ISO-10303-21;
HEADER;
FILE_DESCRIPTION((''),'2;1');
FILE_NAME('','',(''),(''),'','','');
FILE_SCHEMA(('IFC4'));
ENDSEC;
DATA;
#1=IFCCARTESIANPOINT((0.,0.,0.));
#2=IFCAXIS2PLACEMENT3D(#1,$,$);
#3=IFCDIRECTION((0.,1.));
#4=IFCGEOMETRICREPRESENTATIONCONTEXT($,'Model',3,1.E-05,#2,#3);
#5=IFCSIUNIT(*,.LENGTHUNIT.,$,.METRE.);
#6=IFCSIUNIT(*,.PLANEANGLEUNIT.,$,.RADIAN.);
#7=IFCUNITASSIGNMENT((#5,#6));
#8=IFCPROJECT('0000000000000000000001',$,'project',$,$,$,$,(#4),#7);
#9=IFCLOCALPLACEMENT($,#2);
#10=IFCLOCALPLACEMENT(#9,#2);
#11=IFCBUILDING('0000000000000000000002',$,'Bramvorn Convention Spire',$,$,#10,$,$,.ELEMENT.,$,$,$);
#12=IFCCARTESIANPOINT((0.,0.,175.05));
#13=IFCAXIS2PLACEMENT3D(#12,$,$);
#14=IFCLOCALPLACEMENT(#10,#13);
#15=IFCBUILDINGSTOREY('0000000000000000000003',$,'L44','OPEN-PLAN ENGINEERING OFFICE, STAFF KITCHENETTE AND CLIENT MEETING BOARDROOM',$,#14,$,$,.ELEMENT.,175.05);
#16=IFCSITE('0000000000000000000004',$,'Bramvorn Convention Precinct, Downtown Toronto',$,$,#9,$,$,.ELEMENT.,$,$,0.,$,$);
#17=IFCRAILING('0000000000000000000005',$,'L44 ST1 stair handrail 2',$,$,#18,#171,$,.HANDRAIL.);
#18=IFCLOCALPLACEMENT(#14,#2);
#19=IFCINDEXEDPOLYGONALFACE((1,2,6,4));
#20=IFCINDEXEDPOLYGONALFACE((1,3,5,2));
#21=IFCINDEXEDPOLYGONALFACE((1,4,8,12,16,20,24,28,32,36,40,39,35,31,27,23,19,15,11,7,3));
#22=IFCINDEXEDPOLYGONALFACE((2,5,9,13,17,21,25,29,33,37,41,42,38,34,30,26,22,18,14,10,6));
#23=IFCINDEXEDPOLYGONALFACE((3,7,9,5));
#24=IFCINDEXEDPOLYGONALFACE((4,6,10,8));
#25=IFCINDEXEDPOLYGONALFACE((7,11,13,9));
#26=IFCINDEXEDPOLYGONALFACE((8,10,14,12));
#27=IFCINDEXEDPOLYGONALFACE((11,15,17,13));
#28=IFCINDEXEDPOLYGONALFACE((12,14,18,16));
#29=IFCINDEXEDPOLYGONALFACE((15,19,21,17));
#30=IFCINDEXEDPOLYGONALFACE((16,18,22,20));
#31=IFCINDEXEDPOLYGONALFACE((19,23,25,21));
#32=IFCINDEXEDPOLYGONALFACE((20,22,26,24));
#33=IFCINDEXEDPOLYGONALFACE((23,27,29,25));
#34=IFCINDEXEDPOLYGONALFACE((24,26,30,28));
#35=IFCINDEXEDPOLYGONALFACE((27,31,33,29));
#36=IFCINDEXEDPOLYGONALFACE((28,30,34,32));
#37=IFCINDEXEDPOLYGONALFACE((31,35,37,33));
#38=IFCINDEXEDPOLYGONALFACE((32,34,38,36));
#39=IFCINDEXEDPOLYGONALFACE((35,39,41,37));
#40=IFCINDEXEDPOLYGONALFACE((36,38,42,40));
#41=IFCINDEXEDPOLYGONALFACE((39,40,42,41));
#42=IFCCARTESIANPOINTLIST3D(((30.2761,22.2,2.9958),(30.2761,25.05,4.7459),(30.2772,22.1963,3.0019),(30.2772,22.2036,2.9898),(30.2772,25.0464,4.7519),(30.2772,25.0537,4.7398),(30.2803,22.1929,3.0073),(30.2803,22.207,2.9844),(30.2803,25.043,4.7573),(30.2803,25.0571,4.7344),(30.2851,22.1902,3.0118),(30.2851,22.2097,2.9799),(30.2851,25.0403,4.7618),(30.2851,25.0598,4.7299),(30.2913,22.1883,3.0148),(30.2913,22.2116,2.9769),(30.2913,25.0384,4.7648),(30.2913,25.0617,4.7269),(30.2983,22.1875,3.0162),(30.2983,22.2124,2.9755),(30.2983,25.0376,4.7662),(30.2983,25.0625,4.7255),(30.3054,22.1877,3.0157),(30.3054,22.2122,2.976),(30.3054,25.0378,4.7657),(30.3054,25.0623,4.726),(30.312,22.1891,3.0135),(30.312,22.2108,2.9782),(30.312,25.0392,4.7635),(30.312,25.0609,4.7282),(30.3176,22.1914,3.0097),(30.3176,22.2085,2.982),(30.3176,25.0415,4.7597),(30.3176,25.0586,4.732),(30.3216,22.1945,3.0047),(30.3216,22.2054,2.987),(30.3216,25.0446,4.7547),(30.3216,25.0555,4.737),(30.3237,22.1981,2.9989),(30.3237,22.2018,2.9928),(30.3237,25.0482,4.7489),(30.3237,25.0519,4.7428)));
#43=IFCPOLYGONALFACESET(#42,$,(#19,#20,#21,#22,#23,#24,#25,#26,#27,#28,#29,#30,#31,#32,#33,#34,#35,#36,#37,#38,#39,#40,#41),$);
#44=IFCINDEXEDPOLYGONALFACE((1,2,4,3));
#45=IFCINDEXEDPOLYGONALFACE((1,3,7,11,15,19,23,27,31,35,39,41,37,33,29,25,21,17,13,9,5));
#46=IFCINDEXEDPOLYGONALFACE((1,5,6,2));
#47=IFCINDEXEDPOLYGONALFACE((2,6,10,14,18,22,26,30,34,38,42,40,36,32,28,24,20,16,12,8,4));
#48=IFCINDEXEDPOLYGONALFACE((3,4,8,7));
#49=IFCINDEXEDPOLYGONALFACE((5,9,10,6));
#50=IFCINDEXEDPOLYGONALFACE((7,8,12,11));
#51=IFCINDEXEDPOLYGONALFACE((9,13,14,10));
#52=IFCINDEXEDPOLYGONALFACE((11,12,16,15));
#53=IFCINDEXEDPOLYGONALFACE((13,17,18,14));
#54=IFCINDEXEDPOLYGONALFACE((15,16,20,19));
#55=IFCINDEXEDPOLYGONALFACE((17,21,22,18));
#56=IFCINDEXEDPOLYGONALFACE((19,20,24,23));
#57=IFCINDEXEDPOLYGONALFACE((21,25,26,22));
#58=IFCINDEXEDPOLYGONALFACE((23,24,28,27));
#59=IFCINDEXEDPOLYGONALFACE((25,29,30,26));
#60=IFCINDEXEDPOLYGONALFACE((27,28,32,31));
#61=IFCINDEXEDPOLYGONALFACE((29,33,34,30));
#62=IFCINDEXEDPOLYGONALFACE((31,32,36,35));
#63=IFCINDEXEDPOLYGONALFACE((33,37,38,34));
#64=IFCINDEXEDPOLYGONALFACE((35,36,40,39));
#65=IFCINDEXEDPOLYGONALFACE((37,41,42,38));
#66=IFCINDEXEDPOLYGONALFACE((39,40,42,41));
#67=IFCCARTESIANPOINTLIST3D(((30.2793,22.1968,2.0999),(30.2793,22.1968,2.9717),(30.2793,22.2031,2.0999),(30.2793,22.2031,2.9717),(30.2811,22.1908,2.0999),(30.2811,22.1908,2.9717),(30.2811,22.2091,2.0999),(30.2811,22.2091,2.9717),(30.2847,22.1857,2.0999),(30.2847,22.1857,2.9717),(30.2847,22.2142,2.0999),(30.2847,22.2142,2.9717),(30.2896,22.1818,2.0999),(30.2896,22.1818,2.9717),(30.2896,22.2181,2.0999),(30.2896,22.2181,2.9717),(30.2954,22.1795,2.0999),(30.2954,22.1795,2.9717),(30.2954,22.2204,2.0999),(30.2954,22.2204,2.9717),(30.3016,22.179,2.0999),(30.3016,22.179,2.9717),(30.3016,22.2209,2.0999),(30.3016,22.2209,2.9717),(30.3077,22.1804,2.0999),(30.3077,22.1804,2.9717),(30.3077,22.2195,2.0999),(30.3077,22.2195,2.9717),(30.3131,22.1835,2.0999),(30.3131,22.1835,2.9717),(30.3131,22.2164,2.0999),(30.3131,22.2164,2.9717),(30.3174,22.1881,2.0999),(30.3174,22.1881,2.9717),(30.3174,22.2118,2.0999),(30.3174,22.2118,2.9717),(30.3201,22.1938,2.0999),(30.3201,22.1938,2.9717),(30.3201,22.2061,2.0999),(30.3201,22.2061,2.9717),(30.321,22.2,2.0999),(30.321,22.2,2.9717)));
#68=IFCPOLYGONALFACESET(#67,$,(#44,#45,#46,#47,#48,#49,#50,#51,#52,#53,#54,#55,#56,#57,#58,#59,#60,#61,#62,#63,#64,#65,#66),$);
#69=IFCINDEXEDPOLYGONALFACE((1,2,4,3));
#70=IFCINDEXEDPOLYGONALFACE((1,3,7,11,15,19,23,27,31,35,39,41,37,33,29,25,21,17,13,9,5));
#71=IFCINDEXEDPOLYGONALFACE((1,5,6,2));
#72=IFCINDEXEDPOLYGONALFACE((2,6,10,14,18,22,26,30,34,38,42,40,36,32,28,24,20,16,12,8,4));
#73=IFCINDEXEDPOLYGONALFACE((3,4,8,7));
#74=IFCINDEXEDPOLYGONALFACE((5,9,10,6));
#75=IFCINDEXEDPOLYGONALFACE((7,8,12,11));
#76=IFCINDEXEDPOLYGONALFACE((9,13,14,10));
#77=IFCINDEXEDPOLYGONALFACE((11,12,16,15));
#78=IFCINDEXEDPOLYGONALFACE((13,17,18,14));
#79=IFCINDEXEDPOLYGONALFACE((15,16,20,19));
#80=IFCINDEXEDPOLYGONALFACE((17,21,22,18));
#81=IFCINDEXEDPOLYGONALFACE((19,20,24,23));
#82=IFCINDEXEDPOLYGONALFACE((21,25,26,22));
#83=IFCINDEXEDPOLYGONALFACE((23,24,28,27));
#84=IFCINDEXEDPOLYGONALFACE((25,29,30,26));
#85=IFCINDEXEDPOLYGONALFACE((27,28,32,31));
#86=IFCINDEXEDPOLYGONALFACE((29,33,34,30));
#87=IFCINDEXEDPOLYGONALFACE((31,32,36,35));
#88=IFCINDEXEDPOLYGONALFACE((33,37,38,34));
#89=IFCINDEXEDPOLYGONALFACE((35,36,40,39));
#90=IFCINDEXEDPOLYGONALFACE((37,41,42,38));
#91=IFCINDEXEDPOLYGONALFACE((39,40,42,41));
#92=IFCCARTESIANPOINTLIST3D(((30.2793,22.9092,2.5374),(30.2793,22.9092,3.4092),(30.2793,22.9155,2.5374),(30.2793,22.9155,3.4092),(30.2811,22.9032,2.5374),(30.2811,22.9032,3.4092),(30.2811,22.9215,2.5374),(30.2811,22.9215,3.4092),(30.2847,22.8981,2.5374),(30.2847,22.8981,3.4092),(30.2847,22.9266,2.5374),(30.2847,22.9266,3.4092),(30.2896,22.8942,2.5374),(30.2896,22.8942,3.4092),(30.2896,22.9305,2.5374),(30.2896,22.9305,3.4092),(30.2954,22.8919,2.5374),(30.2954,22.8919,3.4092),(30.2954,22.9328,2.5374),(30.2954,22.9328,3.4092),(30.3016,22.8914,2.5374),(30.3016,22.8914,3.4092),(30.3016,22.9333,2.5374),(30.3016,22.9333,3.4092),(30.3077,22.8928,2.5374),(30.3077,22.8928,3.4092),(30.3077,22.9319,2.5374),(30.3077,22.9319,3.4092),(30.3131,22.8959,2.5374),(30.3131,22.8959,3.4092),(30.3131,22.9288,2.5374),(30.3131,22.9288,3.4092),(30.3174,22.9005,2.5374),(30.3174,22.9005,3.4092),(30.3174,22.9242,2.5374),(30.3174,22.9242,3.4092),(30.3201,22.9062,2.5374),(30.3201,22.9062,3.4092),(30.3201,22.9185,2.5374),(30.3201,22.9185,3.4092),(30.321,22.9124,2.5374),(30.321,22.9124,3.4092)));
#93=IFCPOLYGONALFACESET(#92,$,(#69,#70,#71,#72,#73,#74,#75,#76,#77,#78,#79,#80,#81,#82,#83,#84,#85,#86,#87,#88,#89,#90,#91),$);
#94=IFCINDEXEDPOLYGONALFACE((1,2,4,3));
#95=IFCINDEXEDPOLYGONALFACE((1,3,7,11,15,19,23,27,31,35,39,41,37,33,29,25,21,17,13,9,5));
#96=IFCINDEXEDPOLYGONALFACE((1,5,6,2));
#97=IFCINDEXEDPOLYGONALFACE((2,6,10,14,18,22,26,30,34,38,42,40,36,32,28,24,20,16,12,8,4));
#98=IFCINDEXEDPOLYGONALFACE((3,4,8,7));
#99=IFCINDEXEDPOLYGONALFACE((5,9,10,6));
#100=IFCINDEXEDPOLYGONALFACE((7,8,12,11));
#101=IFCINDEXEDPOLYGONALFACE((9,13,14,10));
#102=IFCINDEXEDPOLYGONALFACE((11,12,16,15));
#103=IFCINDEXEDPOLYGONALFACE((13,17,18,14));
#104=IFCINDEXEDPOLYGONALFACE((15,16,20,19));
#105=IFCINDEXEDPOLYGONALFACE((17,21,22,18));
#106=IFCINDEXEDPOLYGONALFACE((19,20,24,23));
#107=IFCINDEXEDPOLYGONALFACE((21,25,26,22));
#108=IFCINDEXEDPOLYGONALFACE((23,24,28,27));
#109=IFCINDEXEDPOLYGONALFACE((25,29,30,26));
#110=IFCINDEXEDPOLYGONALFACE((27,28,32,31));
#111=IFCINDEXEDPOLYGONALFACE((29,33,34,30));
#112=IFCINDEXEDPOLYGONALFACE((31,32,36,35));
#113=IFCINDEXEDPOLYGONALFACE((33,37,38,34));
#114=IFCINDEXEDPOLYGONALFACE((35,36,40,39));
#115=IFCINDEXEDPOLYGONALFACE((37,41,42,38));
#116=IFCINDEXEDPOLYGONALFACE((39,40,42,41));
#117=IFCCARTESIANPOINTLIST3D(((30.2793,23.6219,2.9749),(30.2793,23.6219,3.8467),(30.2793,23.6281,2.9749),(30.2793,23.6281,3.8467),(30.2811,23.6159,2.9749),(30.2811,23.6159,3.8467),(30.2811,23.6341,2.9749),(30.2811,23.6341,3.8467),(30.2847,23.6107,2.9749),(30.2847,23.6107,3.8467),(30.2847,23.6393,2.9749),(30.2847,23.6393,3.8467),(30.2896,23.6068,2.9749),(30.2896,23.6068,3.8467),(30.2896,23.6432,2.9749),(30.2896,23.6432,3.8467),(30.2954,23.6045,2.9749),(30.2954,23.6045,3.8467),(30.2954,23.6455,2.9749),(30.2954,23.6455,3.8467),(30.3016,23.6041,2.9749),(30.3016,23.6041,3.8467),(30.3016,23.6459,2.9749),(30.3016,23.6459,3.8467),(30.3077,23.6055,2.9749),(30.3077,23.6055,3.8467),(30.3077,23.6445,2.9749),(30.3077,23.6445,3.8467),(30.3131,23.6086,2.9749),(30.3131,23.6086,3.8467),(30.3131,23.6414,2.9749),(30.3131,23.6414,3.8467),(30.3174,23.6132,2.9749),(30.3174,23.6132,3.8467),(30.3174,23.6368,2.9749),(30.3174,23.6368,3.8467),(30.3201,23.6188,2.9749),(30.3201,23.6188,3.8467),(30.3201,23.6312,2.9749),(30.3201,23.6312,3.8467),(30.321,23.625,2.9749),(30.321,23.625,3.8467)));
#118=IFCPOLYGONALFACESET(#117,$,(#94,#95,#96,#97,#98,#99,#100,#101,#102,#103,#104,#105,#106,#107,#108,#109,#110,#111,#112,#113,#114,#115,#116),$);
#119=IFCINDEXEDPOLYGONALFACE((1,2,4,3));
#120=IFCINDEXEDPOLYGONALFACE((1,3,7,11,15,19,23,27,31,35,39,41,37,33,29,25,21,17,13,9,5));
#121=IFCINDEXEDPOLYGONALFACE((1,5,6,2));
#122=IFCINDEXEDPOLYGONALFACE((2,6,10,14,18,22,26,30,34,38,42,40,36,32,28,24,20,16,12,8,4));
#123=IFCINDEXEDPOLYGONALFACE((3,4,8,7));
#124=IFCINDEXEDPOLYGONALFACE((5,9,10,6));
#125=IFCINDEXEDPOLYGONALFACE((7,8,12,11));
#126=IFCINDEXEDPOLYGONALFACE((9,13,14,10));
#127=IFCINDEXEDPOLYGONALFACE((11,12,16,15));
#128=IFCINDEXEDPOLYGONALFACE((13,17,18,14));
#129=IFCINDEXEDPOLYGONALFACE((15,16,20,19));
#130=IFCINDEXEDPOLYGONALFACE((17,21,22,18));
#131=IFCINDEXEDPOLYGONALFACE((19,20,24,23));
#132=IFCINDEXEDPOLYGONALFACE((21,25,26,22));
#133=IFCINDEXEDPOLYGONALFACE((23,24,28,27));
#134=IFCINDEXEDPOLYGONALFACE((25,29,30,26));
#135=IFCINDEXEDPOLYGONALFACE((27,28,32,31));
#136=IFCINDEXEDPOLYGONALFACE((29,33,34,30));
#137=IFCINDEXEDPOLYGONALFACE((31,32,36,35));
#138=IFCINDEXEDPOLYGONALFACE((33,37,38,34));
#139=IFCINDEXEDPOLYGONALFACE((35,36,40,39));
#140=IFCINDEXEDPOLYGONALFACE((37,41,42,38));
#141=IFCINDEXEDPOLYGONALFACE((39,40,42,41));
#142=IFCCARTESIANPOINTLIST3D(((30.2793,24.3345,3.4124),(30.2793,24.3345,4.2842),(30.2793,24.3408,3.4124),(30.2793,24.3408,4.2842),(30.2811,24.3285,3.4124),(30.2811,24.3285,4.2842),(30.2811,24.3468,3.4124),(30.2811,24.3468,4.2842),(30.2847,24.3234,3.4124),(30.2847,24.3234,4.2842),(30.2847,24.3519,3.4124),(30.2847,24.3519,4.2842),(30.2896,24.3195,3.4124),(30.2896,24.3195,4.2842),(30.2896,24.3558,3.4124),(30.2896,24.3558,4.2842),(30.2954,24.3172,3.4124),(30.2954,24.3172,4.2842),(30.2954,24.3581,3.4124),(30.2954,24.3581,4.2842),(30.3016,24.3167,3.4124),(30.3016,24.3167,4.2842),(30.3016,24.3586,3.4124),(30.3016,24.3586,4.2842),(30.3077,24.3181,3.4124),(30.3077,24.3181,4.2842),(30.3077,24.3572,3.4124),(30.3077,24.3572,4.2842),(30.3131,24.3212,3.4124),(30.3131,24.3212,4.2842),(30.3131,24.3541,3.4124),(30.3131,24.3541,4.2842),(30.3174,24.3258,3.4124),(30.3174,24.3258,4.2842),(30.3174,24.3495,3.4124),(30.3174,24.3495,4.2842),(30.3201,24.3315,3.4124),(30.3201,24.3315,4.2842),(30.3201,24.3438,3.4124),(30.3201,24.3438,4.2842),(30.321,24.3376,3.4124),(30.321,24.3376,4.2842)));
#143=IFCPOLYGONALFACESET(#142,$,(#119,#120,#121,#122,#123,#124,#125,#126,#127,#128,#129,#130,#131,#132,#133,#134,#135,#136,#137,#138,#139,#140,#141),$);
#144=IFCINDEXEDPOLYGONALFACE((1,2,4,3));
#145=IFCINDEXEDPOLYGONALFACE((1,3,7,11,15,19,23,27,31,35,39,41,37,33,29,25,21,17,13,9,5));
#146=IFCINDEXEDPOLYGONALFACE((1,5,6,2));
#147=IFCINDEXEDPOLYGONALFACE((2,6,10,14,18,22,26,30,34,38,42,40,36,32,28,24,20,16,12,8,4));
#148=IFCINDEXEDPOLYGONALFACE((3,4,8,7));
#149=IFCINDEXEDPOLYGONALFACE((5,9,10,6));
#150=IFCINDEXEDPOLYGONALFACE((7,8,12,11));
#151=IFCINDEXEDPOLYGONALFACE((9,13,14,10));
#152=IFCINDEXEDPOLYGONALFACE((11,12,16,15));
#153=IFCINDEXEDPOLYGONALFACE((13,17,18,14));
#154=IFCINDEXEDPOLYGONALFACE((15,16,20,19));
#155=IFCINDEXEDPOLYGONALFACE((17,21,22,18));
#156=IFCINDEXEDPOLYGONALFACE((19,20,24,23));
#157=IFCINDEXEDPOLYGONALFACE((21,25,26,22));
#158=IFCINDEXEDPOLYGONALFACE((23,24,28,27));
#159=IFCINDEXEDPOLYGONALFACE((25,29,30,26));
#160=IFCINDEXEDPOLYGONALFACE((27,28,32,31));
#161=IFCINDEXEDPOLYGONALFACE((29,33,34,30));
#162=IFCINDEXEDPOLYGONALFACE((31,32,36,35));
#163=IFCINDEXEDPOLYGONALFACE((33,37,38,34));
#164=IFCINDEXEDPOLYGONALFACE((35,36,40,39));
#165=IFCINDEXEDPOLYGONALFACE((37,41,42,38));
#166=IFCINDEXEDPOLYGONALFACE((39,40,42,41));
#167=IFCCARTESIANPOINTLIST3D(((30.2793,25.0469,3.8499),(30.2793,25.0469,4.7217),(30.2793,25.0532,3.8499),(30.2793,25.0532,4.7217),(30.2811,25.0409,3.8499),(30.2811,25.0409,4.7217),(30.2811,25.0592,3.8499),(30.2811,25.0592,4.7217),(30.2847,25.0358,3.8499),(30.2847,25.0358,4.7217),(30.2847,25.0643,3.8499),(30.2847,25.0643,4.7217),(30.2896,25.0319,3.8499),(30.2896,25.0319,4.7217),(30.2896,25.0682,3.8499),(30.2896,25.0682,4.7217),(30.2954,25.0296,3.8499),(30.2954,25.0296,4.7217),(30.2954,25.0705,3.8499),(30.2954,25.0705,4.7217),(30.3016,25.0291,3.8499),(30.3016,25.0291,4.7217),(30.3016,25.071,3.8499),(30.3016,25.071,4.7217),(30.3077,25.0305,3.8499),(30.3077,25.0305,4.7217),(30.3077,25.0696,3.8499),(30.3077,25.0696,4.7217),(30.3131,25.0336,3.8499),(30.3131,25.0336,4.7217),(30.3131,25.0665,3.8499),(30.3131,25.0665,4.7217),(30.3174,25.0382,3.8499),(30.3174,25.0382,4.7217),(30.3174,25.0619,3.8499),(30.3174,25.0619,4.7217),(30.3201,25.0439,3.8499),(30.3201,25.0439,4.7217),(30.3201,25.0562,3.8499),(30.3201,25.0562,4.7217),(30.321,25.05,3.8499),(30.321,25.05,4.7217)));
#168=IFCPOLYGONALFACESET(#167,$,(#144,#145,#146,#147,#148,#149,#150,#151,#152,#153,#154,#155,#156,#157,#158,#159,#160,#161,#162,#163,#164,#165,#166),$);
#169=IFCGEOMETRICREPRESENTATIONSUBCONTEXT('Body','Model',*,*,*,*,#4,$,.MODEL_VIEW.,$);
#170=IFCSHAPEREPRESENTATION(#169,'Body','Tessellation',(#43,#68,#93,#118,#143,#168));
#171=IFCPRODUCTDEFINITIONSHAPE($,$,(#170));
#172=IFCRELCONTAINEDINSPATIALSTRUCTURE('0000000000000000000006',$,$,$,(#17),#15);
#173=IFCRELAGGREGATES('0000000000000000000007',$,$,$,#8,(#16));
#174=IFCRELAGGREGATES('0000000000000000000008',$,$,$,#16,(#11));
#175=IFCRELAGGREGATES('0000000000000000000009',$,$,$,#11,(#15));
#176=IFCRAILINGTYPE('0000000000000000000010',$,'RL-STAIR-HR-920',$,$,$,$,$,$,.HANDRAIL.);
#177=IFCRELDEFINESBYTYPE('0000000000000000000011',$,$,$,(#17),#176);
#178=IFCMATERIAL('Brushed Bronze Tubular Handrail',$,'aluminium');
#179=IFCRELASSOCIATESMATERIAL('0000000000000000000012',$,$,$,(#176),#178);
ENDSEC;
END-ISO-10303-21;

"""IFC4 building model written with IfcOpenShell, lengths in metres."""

from ifc_helpers import new_model, si_unit, direction, frame, origin, origin_2d, place, context, subcontext, project, spatial, circle, extrude, material, type_object, element, save


model = new_model("IFC4")

# Units and contexts
model_context = context("Model", 3, precision=1e-05, world=origin(), true_north=direction((0.0, 1.0)))
body_context = subcontext(model_context, "Body", "Model", "MODEL_VIEW")
ifc_project = project(units=[si_unit("LENGTHUNIT", "METRE"), si_unit("PLANEANGLEUNIT", "RADIAN")], contexts=[model_context])

# Site, building, storey
site_placement = place(None, origin())
site = spatial("IfcSite", under=ifc_project, at=site_placement, Name="Bramvorn Convention Precinct, Downtown Toronto", CompositionType="ELEMENT", RefElevation=0.0)
building_placement = place(site_placement, origin())
building = spatial("IfcBuilding", under=site, at=building_placement, Name="Bramvorn Convention Spire", CompositionType="ELEMENT")
storey_placement = place(building_placement, frame((0.0, 0.0, 175.05)))
storey = spatial("IfcBuildingStorey", under=building, at=storey_placement, Name="L44", Description="OPEN-PLAN ENGINEERING OFFICE, STAFF KITCHENETTE AND CLIENT MEETING BOARDROOM", CompositionType="ELEMENT", Elevation=175.05)

# Railing
ifc_material_1 = material(Name="Brushed Bronze Tubular Handrail", Category="aluminium")
railing_type_1 = type_object("IfcRailingType", Name="RL-STAIR-HR-920", PredefinedType="HANDRAIL", material=ifc_material_1)
railing_1_placement = place(storey_placement, frame((30.3, 22.2, 2.0999)))
element("IfcRailing", 1, at=railing_1_placement, inside=storey, type_object=railing_type_1, Name="L44 ST1 stair handrail 2", PredefinedType="HANDRAIL", context=body_context, shape_type="SweptSolid", body=[
    extrude(circle(Radius=0.0239, at=origin_2d()), frame((0.0, 0.0, 0.896), z_axis=(0.0, 0.852179, 0.52325), x_axis=(-1.0, 0.0, 0.0)), (0.0, 0.0, 1.0), 3.3445),
    extrude(circle(Radius=0.021, at=origin_2d()), origin(), (0.0, 0.0, 1.0), 0.8718),
    extrude(circle(Radius=0.021, at=origin_2d()), frame((0.0, 0.7124, 0.4375)), (0.0, 0.0, 1.0), 0.8718),
    extrude(circle(Radius=0.021, at=origin_2d()), frame((0.0, 1.425, 0.875)), (0.0, 0.0, 1.0), 0.8718),
    extrude(circle(Radius=0.021, at=origin_2d()), frame((0.0, 2.1377, 1.3125)), (0.0, 0.0, 1.0), 0.8718),
    extrude(circle(Radius=0.021, at=origin_2d()), frame((0.0, 2.8501, 1.75)), (0.0, 0.0, 1.0), 0.8718),
])

save(model, "model.ifc")
